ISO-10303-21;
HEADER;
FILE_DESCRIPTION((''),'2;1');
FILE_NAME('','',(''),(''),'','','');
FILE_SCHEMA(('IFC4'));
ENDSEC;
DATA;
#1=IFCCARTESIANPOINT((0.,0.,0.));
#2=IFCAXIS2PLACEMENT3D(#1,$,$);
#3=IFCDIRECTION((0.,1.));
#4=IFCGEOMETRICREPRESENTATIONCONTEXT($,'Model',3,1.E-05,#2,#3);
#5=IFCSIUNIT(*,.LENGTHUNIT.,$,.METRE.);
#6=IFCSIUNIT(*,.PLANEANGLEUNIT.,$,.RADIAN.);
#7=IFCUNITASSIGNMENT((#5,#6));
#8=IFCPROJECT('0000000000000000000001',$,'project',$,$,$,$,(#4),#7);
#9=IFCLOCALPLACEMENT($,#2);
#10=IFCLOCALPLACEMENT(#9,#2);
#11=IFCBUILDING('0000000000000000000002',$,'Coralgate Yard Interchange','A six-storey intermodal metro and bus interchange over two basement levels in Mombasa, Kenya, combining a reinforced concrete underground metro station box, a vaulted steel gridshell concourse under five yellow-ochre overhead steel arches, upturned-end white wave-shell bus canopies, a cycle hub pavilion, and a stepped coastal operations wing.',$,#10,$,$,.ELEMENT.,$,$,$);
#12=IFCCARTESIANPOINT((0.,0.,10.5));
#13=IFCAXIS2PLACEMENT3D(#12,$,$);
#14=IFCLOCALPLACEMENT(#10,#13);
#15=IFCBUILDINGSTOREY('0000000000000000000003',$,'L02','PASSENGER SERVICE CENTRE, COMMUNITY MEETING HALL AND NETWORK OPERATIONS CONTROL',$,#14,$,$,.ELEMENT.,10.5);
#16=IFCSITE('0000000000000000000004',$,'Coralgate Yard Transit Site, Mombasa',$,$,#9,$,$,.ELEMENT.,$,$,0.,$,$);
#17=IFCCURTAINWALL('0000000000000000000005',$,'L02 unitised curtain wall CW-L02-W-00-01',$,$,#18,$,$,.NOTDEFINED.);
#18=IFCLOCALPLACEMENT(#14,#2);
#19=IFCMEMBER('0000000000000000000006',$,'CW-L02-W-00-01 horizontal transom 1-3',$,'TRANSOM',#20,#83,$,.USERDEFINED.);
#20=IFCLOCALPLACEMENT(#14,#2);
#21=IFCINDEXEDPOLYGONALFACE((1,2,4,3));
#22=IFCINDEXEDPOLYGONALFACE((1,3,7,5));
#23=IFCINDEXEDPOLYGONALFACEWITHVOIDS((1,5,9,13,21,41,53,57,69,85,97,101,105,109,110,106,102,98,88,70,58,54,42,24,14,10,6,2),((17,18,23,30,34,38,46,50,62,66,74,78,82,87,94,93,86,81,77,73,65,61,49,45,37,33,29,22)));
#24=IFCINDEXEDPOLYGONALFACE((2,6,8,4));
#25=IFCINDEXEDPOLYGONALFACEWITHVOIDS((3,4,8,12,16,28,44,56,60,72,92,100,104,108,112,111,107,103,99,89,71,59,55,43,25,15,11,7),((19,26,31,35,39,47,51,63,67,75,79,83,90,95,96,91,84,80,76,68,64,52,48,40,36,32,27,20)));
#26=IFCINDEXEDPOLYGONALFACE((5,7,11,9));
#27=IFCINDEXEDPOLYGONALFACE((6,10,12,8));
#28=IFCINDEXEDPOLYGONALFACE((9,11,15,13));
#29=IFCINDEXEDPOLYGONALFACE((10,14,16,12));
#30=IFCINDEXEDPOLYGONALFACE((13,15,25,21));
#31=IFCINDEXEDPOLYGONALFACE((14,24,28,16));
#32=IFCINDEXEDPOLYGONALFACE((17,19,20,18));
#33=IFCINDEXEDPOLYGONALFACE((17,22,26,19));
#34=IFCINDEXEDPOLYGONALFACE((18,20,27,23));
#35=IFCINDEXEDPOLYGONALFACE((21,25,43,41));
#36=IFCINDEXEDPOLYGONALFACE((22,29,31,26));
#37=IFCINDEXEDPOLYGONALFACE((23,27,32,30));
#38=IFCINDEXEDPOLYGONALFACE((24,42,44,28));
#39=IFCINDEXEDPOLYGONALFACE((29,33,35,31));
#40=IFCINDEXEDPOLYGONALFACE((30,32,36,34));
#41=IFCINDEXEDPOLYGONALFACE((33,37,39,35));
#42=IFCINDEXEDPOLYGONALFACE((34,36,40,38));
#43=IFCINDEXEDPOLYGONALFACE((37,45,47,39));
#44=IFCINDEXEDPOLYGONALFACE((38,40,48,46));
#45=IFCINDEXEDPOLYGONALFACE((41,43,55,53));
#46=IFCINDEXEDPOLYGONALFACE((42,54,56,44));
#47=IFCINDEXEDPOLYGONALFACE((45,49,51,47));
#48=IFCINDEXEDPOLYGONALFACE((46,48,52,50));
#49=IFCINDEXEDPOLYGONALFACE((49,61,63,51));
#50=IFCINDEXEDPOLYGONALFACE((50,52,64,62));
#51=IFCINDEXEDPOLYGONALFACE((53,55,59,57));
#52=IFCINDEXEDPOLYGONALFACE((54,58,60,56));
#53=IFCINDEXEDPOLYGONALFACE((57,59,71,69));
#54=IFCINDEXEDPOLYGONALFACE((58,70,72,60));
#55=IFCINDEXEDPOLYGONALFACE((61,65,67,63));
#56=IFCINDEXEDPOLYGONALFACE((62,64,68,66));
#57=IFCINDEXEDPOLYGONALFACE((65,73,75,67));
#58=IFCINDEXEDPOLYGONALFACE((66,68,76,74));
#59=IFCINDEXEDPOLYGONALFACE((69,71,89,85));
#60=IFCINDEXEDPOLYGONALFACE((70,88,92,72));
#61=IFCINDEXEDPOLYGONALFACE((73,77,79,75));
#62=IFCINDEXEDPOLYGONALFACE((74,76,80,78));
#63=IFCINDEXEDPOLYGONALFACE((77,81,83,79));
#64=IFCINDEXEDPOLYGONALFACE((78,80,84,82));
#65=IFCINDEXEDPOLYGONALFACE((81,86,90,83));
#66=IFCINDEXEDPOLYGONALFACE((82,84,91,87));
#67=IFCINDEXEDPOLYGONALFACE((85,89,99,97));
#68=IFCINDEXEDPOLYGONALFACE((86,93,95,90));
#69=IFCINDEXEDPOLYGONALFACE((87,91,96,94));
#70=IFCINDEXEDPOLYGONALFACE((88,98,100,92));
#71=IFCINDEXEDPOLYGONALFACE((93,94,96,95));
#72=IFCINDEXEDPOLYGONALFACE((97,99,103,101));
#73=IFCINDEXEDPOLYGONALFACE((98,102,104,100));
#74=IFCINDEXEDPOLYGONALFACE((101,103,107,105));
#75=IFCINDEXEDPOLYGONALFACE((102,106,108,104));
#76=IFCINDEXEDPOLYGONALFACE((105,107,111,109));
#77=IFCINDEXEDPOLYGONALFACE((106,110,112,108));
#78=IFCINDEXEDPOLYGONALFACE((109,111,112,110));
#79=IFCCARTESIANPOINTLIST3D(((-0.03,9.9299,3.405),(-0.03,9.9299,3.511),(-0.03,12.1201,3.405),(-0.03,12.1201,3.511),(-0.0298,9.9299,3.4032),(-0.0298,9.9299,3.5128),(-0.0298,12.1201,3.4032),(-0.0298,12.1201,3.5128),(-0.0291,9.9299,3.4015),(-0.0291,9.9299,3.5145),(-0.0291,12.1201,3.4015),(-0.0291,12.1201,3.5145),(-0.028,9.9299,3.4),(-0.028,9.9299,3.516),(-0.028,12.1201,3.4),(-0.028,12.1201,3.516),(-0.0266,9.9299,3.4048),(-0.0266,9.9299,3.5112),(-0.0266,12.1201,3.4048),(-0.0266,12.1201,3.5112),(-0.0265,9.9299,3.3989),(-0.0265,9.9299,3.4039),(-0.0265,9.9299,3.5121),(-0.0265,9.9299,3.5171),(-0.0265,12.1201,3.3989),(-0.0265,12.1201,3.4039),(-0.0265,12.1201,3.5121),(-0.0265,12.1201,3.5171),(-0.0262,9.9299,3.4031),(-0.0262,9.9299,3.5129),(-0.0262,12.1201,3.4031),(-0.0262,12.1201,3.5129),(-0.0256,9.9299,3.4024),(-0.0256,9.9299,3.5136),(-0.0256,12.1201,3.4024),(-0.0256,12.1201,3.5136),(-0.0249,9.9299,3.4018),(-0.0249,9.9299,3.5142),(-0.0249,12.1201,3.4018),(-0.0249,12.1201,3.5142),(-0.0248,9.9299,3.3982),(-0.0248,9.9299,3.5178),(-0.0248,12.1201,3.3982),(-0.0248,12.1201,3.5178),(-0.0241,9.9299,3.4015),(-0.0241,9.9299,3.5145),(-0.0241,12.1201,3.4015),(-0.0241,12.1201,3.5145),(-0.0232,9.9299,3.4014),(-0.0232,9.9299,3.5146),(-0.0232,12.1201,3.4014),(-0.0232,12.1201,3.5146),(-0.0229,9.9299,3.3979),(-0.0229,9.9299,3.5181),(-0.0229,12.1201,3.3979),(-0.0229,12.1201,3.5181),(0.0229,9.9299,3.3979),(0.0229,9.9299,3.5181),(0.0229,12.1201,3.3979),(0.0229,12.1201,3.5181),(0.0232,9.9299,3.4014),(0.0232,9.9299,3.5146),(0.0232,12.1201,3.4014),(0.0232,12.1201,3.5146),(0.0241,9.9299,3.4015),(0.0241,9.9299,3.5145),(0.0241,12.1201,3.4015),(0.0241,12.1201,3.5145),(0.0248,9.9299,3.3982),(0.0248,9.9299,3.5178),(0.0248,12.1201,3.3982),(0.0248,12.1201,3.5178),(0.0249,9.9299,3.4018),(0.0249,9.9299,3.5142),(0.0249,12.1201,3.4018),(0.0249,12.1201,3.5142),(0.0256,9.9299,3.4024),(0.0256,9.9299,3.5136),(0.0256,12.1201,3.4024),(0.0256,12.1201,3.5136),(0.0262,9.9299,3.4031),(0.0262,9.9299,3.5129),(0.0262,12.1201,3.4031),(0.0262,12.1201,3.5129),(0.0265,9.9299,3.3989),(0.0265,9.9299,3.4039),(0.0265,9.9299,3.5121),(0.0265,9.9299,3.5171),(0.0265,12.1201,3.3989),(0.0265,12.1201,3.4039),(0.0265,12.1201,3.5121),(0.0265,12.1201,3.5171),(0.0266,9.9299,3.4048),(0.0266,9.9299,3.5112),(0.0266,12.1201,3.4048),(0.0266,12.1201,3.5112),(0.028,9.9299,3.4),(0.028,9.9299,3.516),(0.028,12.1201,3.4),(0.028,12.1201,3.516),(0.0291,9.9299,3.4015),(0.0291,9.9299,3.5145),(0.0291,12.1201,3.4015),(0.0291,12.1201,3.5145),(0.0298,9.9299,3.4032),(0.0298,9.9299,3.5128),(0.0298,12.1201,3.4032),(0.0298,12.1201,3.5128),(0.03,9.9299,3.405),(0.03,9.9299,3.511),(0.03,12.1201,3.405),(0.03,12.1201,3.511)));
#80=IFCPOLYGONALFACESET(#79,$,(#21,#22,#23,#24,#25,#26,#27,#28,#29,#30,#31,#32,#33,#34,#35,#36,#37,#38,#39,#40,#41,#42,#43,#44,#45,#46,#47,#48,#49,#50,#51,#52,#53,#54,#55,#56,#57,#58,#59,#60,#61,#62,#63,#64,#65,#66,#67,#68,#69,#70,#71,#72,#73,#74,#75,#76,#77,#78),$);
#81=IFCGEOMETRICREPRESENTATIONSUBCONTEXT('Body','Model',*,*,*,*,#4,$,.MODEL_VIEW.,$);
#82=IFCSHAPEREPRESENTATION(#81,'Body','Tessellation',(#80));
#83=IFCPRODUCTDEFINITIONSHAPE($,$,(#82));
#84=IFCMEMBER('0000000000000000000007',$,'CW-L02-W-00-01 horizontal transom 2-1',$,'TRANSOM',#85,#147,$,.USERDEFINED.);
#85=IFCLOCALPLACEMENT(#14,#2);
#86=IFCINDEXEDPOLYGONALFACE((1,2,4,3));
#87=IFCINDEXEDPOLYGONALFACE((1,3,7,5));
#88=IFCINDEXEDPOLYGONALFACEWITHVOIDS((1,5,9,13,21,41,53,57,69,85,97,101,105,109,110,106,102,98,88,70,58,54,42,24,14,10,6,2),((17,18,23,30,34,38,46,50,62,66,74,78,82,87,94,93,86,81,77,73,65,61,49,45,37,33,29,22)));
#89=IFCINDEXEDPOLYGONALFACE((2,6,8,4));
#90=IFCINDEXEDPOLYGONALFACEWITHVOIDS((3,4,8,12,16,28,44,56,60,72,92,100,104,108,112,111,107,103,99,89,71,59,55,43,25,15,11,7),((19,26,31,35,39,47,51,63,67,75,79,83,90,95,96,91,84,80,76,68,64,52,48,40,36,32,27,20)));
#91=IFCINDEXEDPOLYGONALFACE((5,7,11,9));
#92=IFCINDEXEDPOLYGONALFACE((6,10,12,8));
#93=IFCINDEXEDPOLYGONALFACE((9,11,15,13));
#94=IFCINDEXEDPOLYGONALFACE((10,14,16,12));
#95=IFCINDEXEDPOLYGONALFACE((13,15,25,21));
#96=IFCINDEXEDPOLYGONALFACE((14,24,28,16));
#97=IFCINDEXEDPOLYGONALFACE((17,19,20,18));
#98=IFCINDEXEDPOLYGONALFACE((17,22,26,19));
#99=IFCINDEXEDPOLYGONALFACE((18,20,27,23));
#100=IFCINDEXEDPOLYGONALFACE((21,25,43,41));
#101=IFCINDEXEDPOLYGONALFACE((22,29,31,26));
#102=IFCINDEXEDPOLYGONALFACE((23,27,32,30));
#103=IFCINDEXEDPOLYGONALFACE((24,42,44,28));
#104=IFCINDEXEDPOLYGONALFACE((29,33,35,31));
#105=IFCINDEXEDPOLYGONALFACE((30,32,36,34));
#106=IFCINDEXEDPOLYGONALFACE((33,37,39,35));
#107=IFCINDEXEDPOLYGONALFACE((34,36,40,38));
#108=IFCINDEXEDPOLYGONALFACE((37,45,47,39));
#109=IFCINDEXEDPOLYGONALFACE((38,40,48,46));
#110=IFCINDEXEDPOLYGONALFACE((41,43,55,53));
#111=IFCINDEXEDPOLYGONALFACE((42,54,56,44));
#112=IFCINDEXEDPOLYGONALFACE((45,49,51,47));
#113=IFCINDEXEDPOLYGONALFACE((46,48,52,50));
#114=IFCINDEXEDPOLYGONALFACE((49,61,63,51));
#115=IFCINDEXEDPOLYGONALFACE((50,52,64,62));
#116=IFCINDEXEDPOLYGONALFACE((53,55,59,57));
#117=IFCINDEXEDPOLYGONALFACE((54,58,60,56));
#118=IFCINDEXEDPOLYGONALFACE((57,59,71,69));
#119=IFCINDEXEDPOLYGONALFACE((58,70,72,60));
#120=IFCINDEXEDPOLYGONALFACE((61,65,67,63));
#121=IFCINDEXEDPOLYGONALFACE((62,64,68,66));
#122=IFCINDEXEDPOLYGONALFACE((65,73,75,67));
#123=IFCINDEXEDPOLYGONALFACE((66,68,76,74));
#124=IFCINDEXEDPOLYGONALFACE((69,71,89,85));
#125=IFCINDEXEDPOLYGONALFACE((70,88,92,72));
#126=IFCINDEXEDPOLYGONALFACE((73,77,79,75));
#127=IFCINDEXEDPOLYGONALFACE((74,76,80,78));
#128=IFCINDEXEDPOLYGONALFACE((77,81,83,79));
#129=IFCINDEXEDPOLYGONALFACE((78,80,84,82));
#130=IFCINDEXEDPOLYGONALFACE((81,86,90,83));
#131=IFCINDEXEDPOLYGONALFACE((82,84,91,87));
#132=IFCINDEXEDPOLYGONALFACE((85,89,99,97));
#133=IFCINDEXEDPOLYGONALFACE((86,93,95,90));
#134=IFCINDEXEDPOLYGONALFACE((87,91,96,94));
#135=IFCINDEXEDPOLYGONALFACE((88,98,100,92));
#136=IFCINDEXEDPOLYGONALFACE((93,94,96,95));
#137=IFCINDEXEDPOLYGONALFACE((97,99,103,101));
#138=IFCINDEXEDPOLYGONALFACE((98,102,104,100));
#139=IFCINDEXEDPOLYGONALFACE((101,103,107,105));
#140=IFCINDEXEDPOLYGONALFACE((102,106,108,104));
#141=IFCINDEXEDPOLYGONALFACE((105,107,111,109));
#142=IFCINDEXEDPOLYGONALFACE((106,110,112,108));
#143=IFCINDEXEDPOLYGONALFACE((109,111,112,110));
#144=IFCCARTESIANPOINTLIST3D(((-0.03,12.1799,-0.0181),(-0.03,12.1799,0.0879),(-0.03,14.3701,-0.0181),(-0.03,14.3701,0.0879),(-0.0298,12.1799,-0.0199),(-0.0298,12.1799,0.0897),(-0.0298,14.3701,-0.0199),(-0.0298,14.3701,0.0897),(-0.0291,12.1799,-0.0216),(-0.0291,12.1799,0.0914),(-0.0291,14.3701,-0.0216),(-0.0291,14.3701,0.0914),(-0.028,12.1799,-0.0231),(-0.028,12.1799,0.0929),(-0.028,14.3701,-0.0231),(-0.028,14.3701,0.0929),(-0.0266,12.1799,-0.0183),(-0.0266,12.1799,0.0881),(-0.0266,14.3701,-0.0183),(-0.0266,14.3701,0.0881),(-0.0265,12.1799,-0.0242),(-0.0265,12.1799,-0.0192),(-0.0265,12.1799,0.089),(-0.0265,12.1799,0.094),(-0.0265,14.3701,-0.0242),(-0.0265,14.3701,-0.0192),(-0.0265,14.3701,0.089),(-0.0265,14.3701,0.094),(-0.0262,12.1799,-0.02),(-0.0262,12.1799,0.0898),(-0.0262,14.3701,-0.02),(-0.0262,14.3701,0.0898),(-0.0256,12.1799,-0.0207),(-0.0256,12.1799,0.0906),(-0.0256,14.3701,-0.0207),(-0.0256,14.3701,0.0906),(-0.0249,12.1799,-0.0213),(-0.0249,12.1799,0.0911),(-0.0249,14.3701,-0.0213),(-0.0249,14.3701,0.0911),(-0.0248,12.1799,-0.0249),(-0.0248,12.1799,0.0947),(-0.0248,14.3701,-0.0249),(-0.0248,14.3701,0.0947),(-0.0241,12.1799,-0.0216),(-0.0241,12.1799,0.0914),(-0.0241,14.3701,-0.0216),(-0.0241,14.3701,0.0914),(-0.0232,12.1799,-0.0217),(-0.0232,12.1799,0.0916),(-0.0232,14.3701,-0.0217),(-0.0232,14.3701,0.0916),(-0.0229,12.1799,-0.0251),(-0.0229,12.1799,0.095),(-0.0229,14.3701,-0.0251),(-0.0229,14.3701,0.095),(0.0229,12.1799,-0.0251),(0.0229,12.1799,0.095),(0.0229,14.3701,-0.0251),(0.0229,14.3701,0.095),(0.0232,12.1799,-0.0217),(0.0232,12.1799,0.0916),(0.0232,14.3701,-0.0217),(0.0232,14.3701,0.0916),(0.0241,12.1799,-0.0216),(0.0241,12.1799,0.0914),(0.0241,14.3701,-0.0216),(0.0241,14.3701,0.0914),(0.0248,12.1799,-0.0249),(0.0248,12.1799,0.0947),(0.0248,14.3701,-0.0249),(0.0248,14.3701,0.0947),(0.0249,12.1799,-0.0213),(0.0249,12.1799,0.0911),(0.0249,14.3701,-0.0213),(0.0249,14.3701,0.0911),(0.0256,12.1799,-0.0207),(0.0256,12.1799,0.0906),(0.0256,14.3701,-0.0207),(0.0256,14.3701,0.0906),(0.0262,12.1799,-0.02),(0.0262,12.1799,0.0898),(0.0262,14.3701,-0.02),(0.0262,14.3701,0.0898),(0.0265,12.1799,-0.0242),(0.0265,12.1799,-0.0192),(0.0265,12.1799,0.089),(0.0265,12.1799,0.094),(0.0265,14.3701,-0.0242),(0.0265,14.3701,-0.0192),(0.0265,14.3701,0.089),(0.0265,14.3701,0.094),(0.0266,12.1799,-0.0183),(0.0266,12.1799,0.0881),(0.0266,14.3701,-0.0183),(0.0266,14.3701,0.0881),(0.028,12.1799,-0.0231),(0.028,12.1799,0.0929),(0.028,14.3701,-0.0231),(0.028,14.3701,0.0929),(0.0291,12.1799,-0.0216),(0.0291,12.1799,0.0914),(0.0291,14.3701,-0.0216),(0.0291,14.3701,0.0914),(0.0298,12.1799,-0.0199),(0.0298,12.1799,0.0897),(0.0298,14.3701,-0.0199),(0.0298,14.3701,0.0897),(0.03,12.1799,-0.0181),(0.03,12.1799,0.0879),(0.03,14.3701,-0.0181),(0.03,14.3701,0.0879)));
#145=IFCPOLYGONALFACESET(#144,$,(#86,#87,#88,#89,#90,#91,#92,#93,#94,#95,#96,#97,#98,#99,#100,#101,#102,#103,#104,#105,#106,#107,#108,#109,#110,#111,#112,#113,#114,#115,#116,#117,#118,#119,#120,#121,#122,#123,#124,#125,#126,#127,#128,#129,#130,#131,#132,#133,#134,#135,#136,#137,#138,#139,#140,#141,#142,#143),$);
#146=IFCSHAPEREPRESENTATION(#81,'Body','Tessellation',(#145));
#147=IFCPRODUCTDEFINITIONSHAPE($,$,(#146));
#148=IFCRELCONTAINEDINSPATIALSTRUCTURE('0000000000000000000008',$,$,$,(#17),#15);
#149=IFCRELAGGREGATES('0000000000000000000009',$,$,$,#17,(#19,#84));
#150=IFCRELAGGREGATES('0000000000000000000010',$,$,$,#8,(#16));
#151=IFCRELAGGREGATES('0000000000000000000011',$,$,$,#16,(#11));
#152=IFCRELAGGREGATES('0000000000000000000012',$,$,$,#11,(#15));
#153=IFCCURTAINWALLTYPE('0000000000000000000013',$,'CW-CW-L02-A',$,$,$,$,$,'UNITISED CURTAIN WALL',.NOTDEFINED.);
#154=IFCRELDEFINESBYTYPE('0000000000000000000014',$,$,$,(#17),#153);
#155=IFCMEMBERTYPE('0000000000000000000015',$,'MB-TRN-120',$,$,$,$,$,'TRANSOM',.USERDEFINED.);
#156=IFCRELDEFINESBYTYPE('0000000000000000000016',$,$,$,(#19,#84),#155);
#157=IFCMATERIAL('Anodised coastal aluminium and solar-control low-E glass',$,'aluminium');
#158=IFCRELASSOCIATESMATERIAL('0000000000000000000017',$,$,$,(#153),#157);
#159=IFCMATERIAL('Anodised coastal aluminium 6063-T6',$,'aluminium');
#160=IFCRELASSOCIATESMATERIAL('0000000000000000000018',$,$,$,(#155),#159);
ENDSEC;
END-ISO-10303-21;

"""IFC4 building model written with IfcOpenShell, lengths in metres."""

from ifc_helpers import new_model, si_unit, direction, frame, origin, origin_2d, place, context, subcontext, project, spatial, hollow_rectangle, extrude, material, material_profile, profile_set, type_object, element, aggregate, save


model = new_model("IFC4")

# Units and contexts
model_context = context("Model", 3, precision=1e-05, world=origin(), true_north=direction((0.0, 1.0)))
body_context = subcontext(model_context, "Body", "Model", "MODEL_VIEW")
ifc_project = project(units=[si_unit("LENGTHUNIT", "METRE"), si_unit("PLANEANGLEUNIT", "RADIAN")], contexts=[model_context])

# Site, building, storey
site_placement = place(None, origin())
site = spatial("IfcSite", under=ifc_project, at=site_placement, Name="Coralgate Yard Transit Site, Mombasa", CompositionType="ELEMENT", RefElevation=0.0)
building_placement = place(site_placement, origin())
building = spatial("IfcBuilding", under=site, at=building_placement, Name="Coralgate Yard Interchange", Description="A six-storey intermodal metro and bus interchange over two basement levels in Mombasa, Kenya, combining a reinforced concrete underground metro station box, a vaulted steel gridshell concourse under five yellow-ochre overhead steel arches, upturned-end white wave-shell bus canopies, a cycle hub pavilion, and a stepped coastal operations wing.", CompositionType="ELEMENT")
storey_placement = place(building_placement, frame((0.0, 0.0, 10.5)))
storey = spatial("IfcBuildingStorey", under=building, at=storey_placement, Name="L02", Description="PASSENGER SERVICE CENTRE, COMMUNITY MEETING HALL AND NETWORK OPERATIONS CONTROL", CompositionType="ELEMENT", Elevation=10.5)

# Curtain wall, members
ifc_material_1 = material(Name="Anodised coastal aluminium and solar-control low-E glass", Category="aluminium")
curtain_wall_type = type_object("IfcCurtainWallType", Name="CW-CW-L02-A", ElementType="UNITISED CURTAIN WALL", PredefinedType="NOTDEFINED", material=ifc_material_1)
curtain_wall_placement = place(storey_placement, origin())
curtain_wall = element("IfcCurtainWall", 1, at=curtain_wall_placement, inside=storey, type_object=curtain_wall_type, Name="L02 unitised curtain wall CW-L02-W-00-01", PredefinedType="NOTDEFINED")
ifc_material_2 = material(Name="Anodised coastal aluminium 6063-T6", Category="aluminium")
ifc_material_profile_1 = material_profile(ifc_material_2, hollow_rectangle(XDim=0.0601, YDim=0.1201, WallThickness=0.0034, InnerFilletRadius=0.0034, OuterFilletRadius=0.0071, at=origin_2d()), Name="ALU 60x120x3.5")
ifc_profile_set_1 = profile_set([ifc_material_profile_1], Name="Anodised coastal aluminium 6063-T6")
member_type_1 = type_object("IfcMemberType", Name="MB-TRN-120", ElementType="TRANSOM", PredefinedType="USERDEFINED", material=ifc_profile_set_1)
member_1_placement = place(storey_placement, frame((0.0, 9.9299, 3.458), z_axis=(0.0, 1.0, 0.0), x_axis=(-1.0, 0.0, 0.0)))
member_1 = element("IfcMember", 2, at=member_1_placement, type_object=member_type_1, Name="CW-L02-W-00-01 horizontal transom 1-3", ObjectType="TRANSOM", PredefinedType="USERDEFINED", context=body_context, shape_type="SweptSolid", body=[
    extrude(hollow_rectangle(XDim=0.0601, YDim=0.1201, WallThickness=0.0034, InnerFilletRadius=0.0034, OuterFilletRadius=0.0071, at=origin_2d()), origin(), (0.0, 0.0, 1.0), 2.1902),
])
member_2_placement = place(storey_placement, frame((0.0, 12.1799, 0.0349), z_axis=(0.0, 1.0, 0.0), x_axis=(-1.0, 0.0, 0.0)))
member_2 = element("IfcMember", 3, at=member_2_placement, type_object=member_type_1, Name="CW-L02-W-00-01 horizontal transom 2-1", ObjectType="TRANSOM", PredefinedType="USERDEFINED", context=body_context, shape_type="SweptSolid", body=[
    extrude(hollow_rectangle(XDim=0.0601, YDim=0.1201, WallThickness=0.0034, InnerFilletRadius=0.0034, OuterFilletRadius=0.0071, at=origin_2d()), origin(), (0.0, 0.0, 1.0), 2.1902),
])
aggregate(curtain_wall, [member_1, member_2])

save(model, "model.ifc")
